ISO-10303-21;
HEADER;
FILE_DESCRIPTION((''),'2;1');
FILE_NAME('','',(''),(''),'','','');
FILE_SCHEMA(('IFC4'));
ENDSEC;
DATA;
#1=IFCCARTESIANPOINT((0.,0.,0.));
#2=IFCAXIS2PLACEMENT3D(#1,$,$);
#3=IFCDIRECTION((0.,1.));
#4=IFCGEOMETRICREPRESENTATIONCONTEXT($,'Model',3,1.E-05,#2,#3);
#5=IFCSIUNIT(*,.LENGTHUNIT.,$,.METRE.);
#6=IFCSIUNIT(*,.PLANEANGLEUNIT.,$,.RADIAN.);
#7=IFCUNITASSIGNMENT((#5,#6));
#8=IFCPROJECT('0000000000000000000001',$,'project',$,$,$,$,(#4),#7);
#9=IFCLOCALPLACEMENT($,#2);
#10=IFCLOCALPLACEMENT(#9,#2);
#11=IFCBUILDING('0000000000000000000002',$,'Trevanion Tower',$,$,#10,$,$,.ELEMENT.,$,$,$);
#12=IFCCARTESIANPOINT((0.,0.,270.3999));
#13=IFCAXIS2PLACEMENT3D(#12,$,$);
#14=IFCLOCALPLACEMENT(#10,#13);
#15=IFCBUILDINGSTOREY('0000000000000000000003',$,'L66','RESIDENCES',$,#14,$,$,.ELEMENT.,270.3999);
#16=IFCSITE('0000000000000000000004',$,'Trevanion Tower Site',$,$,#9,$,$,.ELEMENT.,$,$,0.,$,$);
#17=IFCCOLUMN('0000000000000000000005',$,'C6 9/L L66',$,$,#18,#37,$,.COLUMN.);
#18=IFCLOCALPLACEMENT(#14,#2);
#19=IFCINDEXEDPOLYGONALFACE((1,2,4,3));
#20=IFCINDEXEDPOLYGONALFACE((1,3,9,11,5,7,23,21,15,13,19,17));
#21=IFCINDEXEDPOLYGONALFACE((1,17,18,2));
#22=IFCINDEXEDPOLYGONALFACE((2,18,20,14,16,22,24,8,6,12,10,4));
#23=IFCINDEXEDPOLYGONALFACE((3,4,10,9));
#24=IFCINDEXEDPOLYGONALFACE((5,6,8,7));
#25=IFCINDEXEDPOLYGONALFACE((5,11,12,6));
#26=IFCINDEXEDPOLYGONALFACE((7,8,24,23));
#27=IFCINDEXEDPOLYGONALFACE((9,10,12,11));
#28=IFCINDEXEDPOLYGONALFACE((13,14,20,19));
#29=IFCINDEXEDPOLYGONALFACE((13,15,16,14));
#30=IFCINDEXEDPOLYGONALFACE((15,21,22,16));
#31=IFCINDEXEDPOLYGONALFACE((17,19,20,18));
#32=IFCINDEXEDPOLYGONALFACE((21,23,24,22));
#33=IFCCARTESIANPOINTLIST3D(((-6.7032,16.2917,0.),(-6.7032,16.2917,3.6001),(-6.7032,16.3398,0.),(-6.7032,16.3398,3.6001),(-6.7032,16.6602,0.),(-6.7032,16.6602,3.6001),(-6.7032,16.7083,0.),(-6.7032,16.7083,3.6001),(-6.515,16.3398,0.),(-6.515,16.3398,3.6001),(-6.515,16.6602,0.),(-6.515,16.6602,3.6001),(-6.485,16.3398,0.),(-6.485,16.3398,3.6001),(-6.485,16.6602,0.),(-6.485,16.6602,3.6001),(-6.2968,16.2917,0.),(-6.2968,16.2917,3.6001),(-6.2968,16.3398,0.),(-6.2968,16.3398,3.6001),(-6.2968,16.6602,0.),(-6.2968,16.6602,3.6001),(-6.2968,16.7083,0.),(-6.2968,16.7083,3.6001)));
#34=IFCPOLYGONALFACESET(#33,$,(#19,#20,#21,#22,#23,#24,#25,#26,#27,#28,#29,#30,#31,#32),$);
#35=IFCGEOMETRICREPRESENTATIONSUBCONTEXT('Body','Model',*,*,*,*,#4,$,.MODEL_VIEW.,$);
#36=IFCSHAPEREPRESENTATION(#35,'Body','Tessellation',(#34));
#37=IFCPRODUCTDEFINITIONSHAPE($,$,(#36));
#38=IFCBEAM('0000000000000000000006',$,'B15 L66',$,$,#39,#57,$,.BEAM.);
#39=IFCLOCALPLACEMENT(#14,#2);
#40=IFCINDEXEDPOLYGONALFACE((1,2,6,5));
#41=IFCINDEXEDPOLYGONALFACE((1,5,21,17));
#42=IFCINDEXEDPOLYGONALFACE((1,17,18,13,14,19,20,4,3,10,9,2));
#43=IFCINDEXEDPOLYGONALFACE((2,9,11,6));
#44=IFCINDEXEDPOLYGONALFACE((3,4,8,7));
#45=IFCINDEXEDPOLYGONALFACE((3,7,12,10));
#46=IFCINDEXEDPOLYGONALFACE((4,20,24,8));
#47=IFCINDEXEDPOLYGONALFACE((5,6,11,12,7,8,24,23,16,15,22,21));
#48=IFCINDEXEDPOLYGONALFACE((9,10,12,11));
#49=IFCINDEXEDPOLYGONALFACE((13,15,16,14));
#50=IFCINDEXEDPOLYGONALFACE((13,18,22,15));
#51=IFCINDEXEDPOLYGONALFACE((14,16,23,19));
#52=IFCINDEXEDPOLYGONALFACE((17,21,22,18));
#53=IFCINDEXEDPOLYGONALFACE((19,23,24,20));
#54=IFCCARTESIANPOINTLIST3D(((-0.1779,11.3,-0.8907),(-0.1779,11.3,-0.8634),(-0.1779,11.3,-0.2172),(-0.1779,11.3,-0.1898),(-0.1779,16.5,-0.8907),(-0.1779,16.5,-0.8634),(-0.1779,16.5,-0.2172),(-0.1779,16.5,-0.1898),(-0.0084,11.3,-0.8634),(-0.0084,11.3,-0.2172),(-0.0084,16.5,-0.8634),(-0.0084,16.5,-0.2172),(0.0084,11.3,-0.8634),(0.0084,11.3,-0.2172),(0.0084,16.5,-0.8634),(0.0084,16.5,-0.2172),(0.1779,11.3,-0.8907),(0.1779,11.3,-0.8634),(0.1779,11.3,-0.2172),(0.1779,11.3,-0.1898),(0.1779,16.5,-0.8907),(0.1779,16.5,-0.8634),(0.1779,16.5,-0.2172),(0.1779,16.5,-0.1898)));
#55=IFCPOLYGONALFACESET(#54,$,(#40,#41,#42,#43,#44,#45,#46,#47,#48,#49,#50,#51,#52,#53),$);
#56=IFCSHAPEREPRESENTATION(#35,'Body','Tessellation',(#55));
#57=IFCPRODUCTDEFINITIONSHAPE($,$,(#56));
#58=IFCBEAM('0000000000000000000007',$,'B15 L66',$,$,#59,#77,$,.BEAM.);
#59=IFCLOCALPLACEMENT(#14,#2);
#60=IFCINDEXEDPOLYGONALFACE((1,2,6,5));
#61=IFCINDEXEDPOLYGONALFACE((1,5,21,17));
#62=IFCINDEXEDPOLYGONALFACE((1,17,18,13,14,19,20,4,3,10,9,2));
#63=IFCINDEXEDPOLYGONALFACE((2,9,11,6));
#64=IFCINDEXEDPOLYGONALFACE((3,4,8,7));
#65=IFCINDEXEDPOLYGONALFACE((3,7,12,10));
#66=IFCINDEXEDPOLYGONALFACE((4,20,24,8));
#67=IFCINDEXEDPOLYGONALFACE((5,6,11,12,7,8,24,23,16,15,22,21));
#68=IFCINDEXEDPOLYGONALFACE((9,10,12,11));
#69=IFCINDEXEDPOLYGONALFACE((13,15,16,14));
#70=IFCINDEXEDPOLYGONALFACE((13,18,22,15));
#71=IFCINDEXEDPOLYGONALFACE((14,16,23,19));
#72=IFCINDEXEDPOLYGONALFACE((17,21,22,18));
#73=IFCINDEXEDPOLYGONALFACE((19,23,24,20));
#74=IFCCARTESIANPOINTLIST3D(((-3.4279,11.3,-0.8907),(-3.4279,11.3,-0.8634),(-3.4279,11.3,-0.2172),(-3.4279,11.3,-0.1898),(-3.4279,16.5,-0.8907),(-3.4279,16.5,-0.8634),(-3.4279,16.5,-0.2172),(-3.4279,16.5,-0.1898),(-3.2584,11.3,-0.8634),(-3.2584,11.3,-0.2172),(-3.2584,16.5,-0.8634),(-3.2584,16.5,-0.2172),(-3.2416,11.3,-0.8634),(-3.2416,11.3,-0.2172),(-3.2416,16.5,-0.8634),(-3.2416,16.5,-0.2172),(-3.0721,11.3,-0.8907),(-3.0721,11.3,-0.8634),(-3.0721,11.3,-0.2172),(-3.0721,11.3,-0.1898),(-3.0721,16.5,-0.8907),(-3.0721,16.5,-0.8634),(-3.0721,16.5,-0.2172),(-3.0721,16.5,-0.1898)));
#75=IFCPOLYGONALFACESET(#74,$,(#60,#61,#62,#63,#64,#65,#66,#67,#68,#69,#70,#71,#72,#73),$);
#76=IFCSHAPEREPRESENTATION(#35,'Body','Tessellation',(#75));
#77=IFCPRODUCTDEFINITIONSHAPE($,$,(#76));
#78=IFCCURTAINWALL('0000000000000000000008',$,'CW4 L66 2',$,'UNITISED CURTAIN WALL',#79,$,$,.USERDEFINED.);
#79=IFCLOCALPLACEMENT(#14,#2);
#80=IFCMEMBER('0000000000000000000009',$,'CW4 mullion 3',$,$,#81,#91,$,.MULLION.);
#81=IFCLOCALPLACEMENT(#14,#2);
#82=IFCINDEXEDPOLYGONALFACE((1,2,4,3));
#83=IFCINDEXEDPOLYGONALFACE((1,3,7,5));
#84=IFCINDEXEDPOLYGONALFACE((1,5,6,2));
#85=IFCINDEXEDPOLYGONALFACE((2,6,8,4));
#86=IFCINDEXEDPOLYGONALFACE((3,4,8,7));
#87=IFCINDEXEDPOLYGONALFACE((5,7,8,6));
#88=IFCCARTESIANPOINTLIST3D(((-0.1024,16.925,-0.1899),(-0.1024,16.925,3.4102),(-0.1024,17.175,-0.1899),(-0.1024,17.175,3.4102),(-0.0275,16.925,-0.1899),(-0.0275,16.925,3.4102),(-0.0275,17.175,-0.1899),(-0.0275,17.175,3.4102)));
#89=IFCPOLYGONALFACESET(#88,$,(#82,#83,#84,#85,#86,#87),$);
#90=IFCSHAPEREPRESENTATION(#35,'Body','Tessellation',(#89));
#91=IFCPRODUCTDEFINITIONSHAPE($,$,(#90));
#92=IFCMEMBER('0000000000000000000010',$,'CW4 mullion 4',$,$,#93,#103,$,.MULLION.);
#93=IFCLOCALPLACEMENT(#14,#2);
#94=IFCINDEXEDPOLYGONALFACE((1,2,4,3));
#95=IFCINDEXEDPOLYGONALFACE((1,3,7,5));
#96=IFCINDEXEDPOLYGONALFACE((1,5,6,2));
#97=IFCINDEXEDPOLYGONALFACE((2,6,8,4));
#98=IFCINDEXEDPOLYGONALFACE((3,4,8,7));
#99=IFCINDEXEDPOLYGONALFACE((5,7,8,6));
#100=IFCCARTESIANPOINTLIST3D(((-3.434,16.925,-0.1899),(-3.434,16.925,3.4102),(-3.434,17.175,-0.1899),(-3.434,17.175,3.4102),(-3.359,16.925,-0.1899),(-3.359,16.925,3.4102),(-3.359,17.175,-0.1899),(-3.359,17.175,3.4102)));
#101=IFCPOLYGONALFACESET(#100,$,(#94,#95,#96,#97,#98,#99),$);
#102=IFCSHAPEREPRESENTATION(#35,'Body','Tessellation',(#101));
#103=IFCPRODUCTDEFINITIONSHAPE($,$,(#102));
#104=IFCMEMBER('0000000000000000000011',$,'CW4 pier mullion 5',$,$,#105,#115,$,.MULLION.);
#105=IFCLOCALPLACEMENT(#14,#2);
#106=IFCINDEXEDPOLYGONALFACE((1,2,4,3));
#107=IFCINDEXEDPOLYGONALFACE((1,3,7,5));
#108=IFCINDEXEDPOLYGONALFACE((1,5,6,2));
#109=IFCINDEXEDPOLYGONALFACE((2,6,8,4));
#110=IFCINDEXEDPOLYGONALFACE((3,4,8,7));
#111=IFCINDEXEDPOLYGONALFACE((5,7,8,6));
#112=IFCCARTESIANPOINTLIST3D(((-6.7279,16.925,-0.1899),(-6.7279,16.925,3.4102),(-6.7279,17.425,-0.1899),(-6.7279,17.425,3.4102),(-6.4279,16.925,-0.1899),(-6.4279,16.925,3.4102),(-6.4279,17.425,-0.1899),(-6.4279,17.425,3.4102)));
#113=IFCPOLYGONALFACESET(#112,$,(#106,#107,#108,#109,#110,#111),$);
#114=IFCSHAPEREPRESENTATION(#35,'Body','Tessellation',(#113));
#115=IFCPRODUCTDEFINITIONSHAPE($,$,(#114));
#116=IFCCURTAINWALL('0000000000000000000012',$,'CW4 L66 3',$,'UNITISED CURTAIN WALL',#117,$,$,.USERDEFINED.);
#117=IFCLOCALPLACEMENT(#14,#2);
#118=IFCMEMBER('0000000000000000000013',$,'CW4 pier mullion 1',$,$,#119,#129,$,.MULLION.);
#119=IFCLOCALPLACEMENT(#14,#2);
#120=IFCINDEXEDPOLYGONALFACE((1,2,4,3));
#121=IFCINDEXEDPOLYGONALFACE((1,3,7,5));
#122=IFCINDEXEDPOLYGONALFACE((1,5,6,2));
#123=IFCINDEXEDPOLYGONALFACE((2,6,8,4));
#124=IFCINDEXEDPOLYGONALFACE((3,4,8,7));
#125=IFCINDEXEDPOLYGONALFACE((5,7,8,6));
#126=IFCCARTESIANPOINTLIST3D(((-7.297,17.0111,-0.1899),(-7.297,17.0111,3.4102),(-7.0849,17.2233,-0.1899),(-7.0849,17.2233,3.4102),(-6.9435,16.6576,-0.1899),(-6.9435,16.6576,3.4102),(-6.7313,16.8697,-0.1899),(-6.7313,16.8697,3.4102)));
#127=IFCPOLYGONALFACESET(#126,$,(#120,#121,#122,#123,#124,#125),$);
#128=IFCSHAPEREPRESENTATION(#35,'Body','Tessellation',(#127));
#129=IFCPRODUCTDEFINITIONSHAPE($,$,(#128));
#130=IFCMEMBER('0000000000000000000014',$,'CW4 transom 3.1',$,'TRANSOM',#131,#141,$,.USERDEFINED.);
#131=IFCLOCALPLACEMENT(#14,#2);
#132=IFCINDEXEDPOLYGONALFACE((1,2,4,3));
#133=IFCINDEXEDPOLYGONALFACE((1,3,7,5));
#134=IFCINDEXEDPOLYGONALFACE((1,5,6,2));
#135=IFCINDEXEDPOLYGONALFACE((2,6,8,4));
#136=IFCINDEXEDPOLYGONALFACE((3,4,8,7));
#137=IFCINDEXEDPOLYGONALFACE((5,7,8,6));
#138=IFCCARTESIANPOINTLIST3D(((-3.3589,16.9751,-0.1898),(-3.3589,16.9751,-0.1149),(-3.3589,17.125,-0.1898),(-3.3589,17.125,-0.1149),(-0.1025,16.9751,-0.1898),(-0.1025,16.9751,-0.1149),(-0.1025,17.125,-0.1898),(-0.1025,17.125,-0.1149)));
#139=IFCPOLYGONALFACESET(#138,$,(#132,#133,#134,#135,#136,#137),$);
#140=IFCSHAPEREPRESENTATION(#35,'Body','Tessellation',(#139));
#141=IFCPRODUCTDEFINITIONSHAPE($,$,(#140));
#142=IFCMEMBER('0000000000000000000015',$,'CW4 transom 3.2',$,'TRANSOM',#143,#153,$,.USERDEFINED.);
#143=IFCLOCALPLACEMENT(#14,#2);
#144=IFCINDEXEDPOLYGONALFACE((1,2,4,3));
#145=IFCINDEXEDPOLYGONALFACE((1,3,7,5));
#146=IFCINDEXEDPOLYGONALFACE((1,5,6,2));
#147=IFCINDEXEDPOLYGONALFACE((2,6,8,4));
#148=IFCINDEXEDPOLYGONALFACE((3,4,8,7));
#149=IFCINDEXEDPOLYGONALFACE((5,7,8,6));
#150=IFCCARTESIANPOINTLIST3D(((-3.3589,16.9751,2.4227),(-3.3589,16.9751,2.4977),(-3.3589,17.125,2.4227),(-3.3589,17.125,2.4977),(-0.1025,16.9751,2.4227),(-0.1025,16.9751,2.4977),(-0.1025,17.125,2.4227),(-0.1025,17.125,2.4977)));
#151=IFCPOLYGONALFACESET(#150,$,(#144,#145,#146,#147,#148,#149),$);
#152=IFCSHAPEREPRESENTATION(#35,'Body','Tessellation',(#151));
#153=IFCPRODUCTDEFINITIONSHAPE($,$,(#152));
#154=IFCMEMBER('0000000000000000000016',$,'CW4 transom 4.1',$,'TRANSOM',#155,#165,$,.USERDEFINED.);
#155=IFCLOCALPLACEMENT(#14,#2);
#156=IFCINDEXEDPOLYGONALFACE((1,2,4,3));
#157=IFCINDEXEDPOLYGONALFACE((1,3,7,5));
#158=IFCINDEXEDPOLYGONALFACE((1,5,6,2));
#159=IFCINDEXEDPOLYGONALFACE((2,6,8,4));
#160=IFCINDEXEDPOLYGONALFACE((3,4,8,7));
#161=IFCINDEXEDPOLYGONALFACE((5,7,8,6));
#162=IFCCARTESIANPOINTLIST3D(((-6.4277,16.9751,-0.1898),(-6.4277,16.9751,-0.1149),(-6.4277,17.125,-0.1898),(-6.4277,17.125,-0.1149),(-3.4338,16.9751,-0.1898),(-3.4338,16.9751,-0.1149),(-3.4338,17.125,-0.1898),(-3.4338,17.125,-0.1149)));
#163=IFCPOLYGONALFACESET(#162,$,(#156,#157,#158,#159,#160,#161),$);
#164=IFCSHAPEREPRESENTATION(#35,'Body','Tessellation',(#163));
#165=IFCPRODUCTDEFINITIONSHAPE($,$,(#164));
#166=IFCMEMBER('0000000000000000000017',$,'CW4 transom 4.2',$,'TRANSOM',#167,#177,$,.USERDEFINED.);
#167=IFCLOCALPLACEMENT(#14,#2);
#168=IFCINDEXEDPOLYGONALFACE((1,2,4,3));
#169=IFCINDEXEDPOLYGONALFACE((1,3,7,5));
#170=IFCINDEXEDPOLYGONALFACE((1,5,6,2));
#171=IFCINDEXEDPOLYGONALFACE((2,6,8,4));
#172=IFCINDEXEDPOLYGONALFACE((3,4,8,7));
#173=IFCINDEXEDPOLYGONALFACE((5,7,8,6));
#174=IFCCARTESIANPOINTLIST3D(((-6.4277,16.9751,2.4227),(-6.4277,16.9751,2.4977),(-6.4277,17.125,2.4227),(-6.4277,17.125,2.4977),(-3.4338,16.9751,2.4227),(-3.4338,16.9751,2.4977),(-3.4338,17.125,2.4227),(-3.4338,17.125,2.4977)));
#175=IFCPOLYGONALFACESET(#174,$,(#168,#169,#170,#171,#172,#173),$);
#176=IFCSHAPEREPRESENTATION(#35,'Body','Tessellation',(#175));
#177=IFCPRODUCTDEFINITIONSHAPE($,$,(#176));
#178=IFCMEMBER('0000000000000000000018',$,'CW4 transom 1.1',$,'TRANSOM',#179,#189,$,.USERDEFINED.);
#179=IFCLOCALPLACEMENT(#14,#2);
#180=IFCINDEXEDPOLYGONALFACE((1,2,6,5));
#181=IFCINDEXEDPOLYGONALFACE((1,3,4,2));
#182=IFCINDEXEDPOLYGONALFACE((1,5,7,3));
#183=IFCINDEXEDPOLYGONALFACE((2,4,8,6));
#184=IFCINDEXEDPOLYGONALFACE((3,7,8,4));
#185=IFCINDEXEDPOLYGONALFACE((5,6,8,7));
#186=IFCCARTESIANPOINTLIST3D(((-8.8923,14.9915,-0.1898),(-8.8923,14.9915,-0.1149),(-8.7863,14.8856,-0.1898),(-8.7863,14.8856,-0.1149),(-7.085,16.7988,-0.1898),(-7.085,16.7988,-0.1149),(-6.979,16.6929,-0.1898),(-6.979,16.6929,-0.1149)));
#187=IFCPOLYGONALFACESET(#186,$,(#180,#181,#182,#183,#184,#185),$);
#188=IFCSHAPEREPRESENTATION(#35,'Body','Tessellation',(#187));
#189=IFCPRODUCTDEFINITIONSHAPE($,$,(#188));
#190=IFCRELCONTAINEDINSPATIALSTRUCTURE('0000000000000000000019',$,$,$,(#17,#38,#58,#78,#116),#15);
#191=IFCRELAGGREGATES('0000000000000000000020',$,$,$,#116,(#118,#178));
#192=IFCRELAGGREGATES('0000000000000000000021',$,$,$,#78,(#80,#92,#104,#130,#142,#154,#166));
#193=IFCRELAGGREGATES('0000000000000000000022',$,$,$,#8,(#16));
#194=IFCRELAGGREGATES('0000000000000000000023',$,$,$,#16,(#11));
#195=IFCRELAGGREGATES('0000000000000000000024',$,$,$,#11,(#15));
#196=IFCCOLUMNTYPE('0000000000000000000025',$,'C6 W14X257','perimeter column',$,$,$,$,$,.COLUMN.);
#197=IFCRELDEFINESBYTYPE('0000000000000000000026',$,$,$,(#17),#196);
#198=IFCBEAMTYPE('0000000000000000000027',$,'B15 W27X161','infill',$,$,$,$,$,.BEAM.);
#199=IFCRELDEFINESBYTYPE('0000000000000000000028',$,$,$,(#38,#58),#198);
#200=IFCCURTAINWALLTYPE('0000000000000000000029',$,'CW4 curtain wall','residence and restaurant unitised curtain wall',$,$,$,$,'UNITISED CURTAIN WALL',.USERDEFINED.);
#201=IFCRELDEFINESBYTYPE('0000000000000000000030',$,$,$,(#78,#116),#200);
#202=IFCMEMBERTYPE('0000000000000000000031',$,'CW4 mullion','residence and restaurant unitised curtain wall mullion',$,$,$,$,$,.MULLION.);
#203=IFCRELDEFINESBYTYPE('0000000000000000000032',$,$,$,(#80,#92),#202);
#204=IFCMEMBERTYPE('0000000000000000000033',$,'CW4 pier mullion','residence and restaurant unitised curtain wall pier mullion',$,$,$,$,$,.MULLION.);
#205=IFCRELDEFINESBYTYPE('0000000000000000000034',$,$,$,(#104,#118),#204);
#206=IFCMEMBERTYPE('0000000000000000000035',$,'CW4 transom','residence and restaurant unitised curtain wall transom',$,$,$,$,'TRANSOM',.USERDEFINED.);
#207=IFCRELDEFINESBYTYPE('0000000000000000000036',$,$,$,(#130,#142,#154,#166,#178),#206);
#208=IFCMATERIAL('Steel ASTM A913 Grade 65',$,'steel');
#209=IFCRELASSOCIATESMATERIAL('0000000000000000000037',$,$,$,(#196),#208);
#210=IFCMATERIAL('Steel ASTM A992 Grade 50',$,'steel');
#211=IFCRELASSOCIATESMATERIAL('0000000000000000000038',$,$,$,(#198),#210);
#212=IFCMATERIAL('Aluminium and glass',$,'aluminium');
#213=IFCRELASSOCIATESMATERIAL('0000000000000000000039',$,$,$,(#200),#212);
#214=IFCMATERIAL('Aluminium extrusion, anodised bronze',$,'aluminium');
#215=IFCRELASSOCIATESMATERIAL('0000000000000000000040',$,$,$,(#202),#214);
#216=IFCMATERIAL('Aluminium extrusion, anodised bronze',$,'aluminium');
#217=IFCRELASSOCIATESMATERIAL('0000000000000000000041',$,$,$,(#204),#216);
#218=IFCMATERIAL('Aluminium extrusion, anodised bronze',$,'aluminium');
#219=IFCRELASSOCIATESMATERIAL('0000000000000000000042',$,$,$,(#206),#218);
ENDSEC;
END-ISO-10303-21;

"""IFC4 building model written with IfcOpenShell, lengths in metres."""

from ifc_helpers import new_model, si_unit, direction, frame, origin, origin_2d, place, context, subcontext, project, spatial, rectangle, i_section, extrude, material, material_profile, profile_set, type_object, element, aggregate, save


model = new_model("IFC4")

# Units and contexts
model_context = context("Model", 3, precision=1e-05, world=origin(), true_north=direction((0.0, 1.0)))
body_context = subcontext(model_context, "Body", "Model", "MODEL_VIEW")
ifc_project = project(units=[si_unit("LENGTHUNIT", "METRE"), si_unit("PLANEANGLEUNIT", "RADIAN")], contexts=[model_context])

# Site, building, storey
site_placement = place(None, origin())
site = spatial("IfcSite", under=ifc_project, at=site_placement, Name="Trevanion Tower Site", CompositionType="ELEMENT", RefElevation=0.0)
building_placement = place(site_placement, origin())
building = spatial("IfcBuilding", under=site, at=building_placement, Name="Trevanion Tower", CompositionType="ELEMENT")
storey_placement = place(building_placement, frame((0.0, 0.0, 270.3999)))
storey = spatial("IfcBuildingStorey", under=building, at=storey_placement, Name="L66", Description="RESIDENCES", CompositionType="ELEMENT", Elevation=270.3999)

# Column
ifc_material_1 = material(Name="Steel ASTM A913 Grade 65", Category="steel")
ifc_material_profile_1 = material_profile(ifc_material_1, i_section(OverallWidth=0.4065, OverallDepth=0.4165, WebThickness=0.03, FlangeThickness=0.0481, at=origin_2d()), Name="W14X257")
ifc_profile_set_1 = profile_set([ifc_material_profile_1], Name="Steel ASTM A913 Grade 65")
column_type = type_object("IfcColumnType", Name="C6 W14X257", Description="perimeter column", PredefinedType="COLUMN", material=ifc_profile_set_1)
column_placement = place(storey_placement, frame((-6.5, 16.5, 0.0), z_axis=(0.0, 0.0, 1.0), x_axis=(1.0, 0.0, 0.0)))
element("IfcColumn", 1, at=column_placement, inside=storey, type_object=column_type, Name="C6 9/L L66", PredefinedType="COLUMN", context=body_context, shape_type="SweptSolid", body=[
    extrude(i_section(OverallWidth=0.4065, OverallDepth=0.4165, WebThickness=0.03, FlangeThickness=0.0481, at=origin_2d()), origin(), (0.0, 0.0, 1.0), 3.6001),
])

# Beams
ifc_material_2 = material(Name="Steel ASTM A992 Grade 50", Category="steel")
ifc_material_profile_2 = material_profile(ifc_material_2, i_section(OverallWidth=0.3557, OverallDepth=0.7009, WebThickness=0.0168, FlangeThickness=0.0273, at=origin_2d()), Name="W27X161")
ifc_profile_set_2 = profile_set([ifc_material_profile_2], Name="Steel ASTM A992 Grade 50")
beam_type_1 = type_object("IfcBeamType", Name="B15 W27X161", Description="infill", PredefinedType="BEAM", material=ifc_profile_set_2)
for number, where, z_axis, x_axis, name in (
    (2, (0.0, 11.3, -0.5403), (0.0, 1.0, 0.0), (-1.0, 0.0, 0.0), "B15 L66"),
    (3, (-3.25, 11.3, -0.5403), (0.0, 1.0, 0.0), (-1.0, 0.0, 0.0), "B15 L66"),
):
    element("IfcBeam", number, at=place(storey_placement, frame(where, z_axis=z_axis, x_axis=x_axis)), inside=storey, type_object=beam_type_1, Name=name, PredefinedType="BEAM", context=body_context, shape_type="SweptSolid", body=[
        extrude(i_section(OverallWidth=0.3557, OverallDepth=0.7009, WebThickness=0.0168, FlangeThickness=0.0273, at=origin_2d()), origin(), (0.0, 0.0, 1.0), 5.2),
    ])

# Curtain wall, members
ifc_material_3 = material(Name="Aluminium and glass", Category="aluminium")
curtain_wall_type = type_object("IfcCurtainWallType", Name="CW4 curtain wall", Description="residence and restaurant unitised curtain wall", ElementType="UNITISED CURTAIN WALL", PredefinedType="USERDEFINED", material=ifc_material_3)
curtain_wall_1_placement = place(storey_placement, origin())
curtain_wall_1 = element("IfcCurtainWall", 4, at=curtain_wall_1_placement, inside=storey, type_object=curtain_wall_type, Name="CW4 L66 2", ObjectType="UNITISED CURTAIN WALL", PredefinedType="USERDEFINED")
ifc_material_4 = material(Name="Aluminium extrusion, anodised bronze", Category="aluminium")
ifc_material_profile_3 = material_profile(ifc_material_4, rectangle(XDim=0.075, YDim=0.25, at=origin_2d()), Name="CW4 mullion")
ifc_profile_set_3 = profile_set([ifc_material_profile_3], Name="Aluminium extrusion, anodised bronze")
member_type_1 = type_object("IfcMemberType", Name="CW4 mullion", Description="residence and restaurant unitised curtain wall mullion", PredefinedType="MULLION", material=ifc_profile_set_3)
member_1_placement = place(storey_placement, frame((-0.0649, 17.05, -0.1899), z_axis=(0.0, 0.0, 1.0), x_axis=(-1.0, 0.0, 0.0)))
member_1 = element("IfcMember", 5, at=member_1_placement, type_object=member_type_1, Name="CW4 mullion 3", PredefinedType="MULLION", context=body_context, shape_type="SweptSolid", body=[
    extrude(rectangle(XDim=0.075, YDim=0.25, at=origin_2d()), origin(), (0.0, 0.0, 1.0), 3.6001),
])
member_2_placement = place(storey_placement, frame((-3.3965, 17.05, -0.1899), z_axis=(0.0, 0.0, 1.0), x_axis=(-1.0, 0.0, 0.0)))
member_2 = element("IfcMember", 6, at=member_2_placement, type_object=member_type_1, Name="CW4 mullion 4", PredefinedType="MULLION", context=body_context, shape_type="SweptSolid", body=[
    extrude(rectangle(XDim=0.075, YDim=0.25, at=origin_2d()), origin(), (0.0, 0.0, 1.0), 3.6001),
])
ifc_material_5 = material(Name="Aluminium extrusion, anodised bronze", Category="aluminium")
ifc_material_profile_4 = material_profile(ifc_material_5, rectangle(XDim=0.3, YDim=0.5, at=origin_2d()), Name="CW4 pier mullion")
ifc_profile_set_4 = profile_set([ifc_material_profile_4], Name="Aluminium extrusion, anodised bronze")
member_type_2 = type_object("IfcMemberType", Name="CW4 pier mullion", Description="residence and restaurant unitised curtain wall pier mullion", PredefinedType="MULLION", material=ifc_profile_set_4)
member_3_placement = place(storey_placement, frame((-6.5779, 17.175, -0.1899), z_axis=(0.0, 0.0, 1.0), x_axis=(-1.0, 0.0, 0.0)))
member_3 = element("IfcMember", 7, at=member_3_placement, type_object=member_type_2, Name="CW4 pier mullion 5", PredefinedType="MULLION", context=body_context, shape_type="SweptSolid", body=[
    extrude(rectangle(XDim=0.3, YDim=0.5, at=origin_2d()), origin(), (0.0, 0.0, 1.0), 3.6001),
])

# Curtain wall, member
curtain_wall_2_placement = place(storey_placement, origin())
curtain_wall_2 = element("IfcCurtainWall", 8, at=curtain_wall_2_placement, inside=storey, type_object=curtain_wall_type, Name="CW4 L66 3", ObjectType="UNITISED CURTAIN WALL", PredefinedType="USERDEFINED")
member_4_placement = place(storey_placement, frame((-7.0142, 16.9404, -0.1899), z_axis=(0.0, 0.0, 1.0), x_axis=(-0.707107, -0.707107, 0.0)))
member_4 = element("IfcMember", 9, at=member_4_placement, type_object=member_type_2, Name="CW4 pier mullion 1", PredefinedType="MULLION", context=body_context, shape_type="SweptSolid", body=[
    extrude(rectangle(XDim=0.3, YDim=0.5, at=origin_2d()), origin(), (0.0, 0.0, 1.0), 3.6001),
])

# Members
ifc_material_6 = material(Name="Aluminium extrusion, anodised bronze", Category="aluminium")
ifc_material_profile_5 = material_profile(ifc_material_6, rectangle(XDim=0.1499, YDim=0.075, at=origin_2d()), Name="CW4 transom")
ifc_profile_set_5 = profile_set([ifc_material_profile_5], Name="Aluminium extrusion, anodised bronze")
member_type_3 = type_object("IfcMemberType", Name="CW4 transom", Description="residence and restaurant unitised curtain wall transom", ElementType="TRANSOM", PredefinedType="USERDEFINED", material=ifc_profile_set_5)
member_5_placement = place(storey_placement, frame((-0.1025, 17.05, -0.1523), z_axis=(-1.0, 0.0, 0.0), x_axis=(0.0, -1.0, 0.0)))
member_5 = element("IfcMember", 10, at=member_5_placement, type_object=member_type_3, Name="CW4 transom 3.1", ObjectType="TRANSOM", PredefinedType="USERDEFINED", context=body_context, shape_type="SweptSolid", body=[
    extrude(rectangle(XDim=0.1499, YDim=0.075, at=origin_2d()), origin(), (0.0, 0.0, 1.0), 3.2563),
])
member_6_placement = place(storey_placement, frame((-0.1025, 17.05, 2.4602), z_axis=(-1.0, 0.0, 0.0), x_axis=(0.0, -1.0, 0.0)))
member_6 = element("IfcMember", 11, at=member_6_placement, type_object=member_type_3, Name="CW4 transom 3.2", ObjectType="TRANSOM", PredefinedType="USERDEFINED", context=body_context, shape_type="SweptSolid", body=[
    extrude(rectangle(XDim=0.1499, YDim=0.075, at=origin_2d()), origin(), (0.0, 0.0, 1.0), 3.2563),
])
member_7_placement = place(storey_placement, frame((-3.4338, 17.05, -0.1523), z_axis=(-1.0, 0.0, 0.0), x_axis=(0.0, -1.0, 0.0)))
member_7 = element("IfcMember", 12, at=member_7_placement, type_object=member_type_3, Name="CW4 transom 4.1", ObjectType="TRANSOM", PredefinedType="USERDEFINED", context=body_context, shape_type="SweptSolid", body=[
    extrude(rectangle(XDim=0.1499, YDim=0.075, at=origin_2d()), origin(), (0.0, 0.0, 1.0), 2.9939),
])
member_8_placement = place(storey_placement, frame((-3.4338, 17.05, 2.4602), z_axis=(-1.0, 0.0, 0.0), x_axis=(0.0, -1.0, 0.0)))
member_8 = element("IfcMember", 13, at=member_8_placement, type_object=member_type_3, Name="CW4 transom 4.2", ObjectType="TRANSOM", PredefinedType="USERDEFINED", context=body_context, shape_type="SweptSolid", body=[
    extrude(rectangle(XDim=0.1499, YDim=0.075, at=origin_2d()), origin(), (0.0, 0.0, 1.0), 2.9939),
])
member_9_placement = place(storey_placement, frame((-7.032, 16.7458, -0.1523), z_axis=(-0.707107, -0.707107, 0.0), x_axis=(0.707107, -0.707107, 0.0)))
member_9 = element("IfcMember", 14, at=member_9_placement, type_object=member_type_3, Name="CW4 transom 1.1", ObjectType="TRANSOM", PredefinedType="USERDEFINED", context=body_context, shape_type="SweptSolid", body=[
    extrude(rectangle(XDim=0.1499, YDim=0.075, at=origin_2d()), origin(), (0.0, 0.0, 1.0), 2.5559),
])

aggregate(curtain_wall_2, [member_4, member_9])
aggregate(curtain_wall_1, [member_1, member_2, member_3, member_5, member_6, member_7, member_8])

save(model, "model.ifc")
